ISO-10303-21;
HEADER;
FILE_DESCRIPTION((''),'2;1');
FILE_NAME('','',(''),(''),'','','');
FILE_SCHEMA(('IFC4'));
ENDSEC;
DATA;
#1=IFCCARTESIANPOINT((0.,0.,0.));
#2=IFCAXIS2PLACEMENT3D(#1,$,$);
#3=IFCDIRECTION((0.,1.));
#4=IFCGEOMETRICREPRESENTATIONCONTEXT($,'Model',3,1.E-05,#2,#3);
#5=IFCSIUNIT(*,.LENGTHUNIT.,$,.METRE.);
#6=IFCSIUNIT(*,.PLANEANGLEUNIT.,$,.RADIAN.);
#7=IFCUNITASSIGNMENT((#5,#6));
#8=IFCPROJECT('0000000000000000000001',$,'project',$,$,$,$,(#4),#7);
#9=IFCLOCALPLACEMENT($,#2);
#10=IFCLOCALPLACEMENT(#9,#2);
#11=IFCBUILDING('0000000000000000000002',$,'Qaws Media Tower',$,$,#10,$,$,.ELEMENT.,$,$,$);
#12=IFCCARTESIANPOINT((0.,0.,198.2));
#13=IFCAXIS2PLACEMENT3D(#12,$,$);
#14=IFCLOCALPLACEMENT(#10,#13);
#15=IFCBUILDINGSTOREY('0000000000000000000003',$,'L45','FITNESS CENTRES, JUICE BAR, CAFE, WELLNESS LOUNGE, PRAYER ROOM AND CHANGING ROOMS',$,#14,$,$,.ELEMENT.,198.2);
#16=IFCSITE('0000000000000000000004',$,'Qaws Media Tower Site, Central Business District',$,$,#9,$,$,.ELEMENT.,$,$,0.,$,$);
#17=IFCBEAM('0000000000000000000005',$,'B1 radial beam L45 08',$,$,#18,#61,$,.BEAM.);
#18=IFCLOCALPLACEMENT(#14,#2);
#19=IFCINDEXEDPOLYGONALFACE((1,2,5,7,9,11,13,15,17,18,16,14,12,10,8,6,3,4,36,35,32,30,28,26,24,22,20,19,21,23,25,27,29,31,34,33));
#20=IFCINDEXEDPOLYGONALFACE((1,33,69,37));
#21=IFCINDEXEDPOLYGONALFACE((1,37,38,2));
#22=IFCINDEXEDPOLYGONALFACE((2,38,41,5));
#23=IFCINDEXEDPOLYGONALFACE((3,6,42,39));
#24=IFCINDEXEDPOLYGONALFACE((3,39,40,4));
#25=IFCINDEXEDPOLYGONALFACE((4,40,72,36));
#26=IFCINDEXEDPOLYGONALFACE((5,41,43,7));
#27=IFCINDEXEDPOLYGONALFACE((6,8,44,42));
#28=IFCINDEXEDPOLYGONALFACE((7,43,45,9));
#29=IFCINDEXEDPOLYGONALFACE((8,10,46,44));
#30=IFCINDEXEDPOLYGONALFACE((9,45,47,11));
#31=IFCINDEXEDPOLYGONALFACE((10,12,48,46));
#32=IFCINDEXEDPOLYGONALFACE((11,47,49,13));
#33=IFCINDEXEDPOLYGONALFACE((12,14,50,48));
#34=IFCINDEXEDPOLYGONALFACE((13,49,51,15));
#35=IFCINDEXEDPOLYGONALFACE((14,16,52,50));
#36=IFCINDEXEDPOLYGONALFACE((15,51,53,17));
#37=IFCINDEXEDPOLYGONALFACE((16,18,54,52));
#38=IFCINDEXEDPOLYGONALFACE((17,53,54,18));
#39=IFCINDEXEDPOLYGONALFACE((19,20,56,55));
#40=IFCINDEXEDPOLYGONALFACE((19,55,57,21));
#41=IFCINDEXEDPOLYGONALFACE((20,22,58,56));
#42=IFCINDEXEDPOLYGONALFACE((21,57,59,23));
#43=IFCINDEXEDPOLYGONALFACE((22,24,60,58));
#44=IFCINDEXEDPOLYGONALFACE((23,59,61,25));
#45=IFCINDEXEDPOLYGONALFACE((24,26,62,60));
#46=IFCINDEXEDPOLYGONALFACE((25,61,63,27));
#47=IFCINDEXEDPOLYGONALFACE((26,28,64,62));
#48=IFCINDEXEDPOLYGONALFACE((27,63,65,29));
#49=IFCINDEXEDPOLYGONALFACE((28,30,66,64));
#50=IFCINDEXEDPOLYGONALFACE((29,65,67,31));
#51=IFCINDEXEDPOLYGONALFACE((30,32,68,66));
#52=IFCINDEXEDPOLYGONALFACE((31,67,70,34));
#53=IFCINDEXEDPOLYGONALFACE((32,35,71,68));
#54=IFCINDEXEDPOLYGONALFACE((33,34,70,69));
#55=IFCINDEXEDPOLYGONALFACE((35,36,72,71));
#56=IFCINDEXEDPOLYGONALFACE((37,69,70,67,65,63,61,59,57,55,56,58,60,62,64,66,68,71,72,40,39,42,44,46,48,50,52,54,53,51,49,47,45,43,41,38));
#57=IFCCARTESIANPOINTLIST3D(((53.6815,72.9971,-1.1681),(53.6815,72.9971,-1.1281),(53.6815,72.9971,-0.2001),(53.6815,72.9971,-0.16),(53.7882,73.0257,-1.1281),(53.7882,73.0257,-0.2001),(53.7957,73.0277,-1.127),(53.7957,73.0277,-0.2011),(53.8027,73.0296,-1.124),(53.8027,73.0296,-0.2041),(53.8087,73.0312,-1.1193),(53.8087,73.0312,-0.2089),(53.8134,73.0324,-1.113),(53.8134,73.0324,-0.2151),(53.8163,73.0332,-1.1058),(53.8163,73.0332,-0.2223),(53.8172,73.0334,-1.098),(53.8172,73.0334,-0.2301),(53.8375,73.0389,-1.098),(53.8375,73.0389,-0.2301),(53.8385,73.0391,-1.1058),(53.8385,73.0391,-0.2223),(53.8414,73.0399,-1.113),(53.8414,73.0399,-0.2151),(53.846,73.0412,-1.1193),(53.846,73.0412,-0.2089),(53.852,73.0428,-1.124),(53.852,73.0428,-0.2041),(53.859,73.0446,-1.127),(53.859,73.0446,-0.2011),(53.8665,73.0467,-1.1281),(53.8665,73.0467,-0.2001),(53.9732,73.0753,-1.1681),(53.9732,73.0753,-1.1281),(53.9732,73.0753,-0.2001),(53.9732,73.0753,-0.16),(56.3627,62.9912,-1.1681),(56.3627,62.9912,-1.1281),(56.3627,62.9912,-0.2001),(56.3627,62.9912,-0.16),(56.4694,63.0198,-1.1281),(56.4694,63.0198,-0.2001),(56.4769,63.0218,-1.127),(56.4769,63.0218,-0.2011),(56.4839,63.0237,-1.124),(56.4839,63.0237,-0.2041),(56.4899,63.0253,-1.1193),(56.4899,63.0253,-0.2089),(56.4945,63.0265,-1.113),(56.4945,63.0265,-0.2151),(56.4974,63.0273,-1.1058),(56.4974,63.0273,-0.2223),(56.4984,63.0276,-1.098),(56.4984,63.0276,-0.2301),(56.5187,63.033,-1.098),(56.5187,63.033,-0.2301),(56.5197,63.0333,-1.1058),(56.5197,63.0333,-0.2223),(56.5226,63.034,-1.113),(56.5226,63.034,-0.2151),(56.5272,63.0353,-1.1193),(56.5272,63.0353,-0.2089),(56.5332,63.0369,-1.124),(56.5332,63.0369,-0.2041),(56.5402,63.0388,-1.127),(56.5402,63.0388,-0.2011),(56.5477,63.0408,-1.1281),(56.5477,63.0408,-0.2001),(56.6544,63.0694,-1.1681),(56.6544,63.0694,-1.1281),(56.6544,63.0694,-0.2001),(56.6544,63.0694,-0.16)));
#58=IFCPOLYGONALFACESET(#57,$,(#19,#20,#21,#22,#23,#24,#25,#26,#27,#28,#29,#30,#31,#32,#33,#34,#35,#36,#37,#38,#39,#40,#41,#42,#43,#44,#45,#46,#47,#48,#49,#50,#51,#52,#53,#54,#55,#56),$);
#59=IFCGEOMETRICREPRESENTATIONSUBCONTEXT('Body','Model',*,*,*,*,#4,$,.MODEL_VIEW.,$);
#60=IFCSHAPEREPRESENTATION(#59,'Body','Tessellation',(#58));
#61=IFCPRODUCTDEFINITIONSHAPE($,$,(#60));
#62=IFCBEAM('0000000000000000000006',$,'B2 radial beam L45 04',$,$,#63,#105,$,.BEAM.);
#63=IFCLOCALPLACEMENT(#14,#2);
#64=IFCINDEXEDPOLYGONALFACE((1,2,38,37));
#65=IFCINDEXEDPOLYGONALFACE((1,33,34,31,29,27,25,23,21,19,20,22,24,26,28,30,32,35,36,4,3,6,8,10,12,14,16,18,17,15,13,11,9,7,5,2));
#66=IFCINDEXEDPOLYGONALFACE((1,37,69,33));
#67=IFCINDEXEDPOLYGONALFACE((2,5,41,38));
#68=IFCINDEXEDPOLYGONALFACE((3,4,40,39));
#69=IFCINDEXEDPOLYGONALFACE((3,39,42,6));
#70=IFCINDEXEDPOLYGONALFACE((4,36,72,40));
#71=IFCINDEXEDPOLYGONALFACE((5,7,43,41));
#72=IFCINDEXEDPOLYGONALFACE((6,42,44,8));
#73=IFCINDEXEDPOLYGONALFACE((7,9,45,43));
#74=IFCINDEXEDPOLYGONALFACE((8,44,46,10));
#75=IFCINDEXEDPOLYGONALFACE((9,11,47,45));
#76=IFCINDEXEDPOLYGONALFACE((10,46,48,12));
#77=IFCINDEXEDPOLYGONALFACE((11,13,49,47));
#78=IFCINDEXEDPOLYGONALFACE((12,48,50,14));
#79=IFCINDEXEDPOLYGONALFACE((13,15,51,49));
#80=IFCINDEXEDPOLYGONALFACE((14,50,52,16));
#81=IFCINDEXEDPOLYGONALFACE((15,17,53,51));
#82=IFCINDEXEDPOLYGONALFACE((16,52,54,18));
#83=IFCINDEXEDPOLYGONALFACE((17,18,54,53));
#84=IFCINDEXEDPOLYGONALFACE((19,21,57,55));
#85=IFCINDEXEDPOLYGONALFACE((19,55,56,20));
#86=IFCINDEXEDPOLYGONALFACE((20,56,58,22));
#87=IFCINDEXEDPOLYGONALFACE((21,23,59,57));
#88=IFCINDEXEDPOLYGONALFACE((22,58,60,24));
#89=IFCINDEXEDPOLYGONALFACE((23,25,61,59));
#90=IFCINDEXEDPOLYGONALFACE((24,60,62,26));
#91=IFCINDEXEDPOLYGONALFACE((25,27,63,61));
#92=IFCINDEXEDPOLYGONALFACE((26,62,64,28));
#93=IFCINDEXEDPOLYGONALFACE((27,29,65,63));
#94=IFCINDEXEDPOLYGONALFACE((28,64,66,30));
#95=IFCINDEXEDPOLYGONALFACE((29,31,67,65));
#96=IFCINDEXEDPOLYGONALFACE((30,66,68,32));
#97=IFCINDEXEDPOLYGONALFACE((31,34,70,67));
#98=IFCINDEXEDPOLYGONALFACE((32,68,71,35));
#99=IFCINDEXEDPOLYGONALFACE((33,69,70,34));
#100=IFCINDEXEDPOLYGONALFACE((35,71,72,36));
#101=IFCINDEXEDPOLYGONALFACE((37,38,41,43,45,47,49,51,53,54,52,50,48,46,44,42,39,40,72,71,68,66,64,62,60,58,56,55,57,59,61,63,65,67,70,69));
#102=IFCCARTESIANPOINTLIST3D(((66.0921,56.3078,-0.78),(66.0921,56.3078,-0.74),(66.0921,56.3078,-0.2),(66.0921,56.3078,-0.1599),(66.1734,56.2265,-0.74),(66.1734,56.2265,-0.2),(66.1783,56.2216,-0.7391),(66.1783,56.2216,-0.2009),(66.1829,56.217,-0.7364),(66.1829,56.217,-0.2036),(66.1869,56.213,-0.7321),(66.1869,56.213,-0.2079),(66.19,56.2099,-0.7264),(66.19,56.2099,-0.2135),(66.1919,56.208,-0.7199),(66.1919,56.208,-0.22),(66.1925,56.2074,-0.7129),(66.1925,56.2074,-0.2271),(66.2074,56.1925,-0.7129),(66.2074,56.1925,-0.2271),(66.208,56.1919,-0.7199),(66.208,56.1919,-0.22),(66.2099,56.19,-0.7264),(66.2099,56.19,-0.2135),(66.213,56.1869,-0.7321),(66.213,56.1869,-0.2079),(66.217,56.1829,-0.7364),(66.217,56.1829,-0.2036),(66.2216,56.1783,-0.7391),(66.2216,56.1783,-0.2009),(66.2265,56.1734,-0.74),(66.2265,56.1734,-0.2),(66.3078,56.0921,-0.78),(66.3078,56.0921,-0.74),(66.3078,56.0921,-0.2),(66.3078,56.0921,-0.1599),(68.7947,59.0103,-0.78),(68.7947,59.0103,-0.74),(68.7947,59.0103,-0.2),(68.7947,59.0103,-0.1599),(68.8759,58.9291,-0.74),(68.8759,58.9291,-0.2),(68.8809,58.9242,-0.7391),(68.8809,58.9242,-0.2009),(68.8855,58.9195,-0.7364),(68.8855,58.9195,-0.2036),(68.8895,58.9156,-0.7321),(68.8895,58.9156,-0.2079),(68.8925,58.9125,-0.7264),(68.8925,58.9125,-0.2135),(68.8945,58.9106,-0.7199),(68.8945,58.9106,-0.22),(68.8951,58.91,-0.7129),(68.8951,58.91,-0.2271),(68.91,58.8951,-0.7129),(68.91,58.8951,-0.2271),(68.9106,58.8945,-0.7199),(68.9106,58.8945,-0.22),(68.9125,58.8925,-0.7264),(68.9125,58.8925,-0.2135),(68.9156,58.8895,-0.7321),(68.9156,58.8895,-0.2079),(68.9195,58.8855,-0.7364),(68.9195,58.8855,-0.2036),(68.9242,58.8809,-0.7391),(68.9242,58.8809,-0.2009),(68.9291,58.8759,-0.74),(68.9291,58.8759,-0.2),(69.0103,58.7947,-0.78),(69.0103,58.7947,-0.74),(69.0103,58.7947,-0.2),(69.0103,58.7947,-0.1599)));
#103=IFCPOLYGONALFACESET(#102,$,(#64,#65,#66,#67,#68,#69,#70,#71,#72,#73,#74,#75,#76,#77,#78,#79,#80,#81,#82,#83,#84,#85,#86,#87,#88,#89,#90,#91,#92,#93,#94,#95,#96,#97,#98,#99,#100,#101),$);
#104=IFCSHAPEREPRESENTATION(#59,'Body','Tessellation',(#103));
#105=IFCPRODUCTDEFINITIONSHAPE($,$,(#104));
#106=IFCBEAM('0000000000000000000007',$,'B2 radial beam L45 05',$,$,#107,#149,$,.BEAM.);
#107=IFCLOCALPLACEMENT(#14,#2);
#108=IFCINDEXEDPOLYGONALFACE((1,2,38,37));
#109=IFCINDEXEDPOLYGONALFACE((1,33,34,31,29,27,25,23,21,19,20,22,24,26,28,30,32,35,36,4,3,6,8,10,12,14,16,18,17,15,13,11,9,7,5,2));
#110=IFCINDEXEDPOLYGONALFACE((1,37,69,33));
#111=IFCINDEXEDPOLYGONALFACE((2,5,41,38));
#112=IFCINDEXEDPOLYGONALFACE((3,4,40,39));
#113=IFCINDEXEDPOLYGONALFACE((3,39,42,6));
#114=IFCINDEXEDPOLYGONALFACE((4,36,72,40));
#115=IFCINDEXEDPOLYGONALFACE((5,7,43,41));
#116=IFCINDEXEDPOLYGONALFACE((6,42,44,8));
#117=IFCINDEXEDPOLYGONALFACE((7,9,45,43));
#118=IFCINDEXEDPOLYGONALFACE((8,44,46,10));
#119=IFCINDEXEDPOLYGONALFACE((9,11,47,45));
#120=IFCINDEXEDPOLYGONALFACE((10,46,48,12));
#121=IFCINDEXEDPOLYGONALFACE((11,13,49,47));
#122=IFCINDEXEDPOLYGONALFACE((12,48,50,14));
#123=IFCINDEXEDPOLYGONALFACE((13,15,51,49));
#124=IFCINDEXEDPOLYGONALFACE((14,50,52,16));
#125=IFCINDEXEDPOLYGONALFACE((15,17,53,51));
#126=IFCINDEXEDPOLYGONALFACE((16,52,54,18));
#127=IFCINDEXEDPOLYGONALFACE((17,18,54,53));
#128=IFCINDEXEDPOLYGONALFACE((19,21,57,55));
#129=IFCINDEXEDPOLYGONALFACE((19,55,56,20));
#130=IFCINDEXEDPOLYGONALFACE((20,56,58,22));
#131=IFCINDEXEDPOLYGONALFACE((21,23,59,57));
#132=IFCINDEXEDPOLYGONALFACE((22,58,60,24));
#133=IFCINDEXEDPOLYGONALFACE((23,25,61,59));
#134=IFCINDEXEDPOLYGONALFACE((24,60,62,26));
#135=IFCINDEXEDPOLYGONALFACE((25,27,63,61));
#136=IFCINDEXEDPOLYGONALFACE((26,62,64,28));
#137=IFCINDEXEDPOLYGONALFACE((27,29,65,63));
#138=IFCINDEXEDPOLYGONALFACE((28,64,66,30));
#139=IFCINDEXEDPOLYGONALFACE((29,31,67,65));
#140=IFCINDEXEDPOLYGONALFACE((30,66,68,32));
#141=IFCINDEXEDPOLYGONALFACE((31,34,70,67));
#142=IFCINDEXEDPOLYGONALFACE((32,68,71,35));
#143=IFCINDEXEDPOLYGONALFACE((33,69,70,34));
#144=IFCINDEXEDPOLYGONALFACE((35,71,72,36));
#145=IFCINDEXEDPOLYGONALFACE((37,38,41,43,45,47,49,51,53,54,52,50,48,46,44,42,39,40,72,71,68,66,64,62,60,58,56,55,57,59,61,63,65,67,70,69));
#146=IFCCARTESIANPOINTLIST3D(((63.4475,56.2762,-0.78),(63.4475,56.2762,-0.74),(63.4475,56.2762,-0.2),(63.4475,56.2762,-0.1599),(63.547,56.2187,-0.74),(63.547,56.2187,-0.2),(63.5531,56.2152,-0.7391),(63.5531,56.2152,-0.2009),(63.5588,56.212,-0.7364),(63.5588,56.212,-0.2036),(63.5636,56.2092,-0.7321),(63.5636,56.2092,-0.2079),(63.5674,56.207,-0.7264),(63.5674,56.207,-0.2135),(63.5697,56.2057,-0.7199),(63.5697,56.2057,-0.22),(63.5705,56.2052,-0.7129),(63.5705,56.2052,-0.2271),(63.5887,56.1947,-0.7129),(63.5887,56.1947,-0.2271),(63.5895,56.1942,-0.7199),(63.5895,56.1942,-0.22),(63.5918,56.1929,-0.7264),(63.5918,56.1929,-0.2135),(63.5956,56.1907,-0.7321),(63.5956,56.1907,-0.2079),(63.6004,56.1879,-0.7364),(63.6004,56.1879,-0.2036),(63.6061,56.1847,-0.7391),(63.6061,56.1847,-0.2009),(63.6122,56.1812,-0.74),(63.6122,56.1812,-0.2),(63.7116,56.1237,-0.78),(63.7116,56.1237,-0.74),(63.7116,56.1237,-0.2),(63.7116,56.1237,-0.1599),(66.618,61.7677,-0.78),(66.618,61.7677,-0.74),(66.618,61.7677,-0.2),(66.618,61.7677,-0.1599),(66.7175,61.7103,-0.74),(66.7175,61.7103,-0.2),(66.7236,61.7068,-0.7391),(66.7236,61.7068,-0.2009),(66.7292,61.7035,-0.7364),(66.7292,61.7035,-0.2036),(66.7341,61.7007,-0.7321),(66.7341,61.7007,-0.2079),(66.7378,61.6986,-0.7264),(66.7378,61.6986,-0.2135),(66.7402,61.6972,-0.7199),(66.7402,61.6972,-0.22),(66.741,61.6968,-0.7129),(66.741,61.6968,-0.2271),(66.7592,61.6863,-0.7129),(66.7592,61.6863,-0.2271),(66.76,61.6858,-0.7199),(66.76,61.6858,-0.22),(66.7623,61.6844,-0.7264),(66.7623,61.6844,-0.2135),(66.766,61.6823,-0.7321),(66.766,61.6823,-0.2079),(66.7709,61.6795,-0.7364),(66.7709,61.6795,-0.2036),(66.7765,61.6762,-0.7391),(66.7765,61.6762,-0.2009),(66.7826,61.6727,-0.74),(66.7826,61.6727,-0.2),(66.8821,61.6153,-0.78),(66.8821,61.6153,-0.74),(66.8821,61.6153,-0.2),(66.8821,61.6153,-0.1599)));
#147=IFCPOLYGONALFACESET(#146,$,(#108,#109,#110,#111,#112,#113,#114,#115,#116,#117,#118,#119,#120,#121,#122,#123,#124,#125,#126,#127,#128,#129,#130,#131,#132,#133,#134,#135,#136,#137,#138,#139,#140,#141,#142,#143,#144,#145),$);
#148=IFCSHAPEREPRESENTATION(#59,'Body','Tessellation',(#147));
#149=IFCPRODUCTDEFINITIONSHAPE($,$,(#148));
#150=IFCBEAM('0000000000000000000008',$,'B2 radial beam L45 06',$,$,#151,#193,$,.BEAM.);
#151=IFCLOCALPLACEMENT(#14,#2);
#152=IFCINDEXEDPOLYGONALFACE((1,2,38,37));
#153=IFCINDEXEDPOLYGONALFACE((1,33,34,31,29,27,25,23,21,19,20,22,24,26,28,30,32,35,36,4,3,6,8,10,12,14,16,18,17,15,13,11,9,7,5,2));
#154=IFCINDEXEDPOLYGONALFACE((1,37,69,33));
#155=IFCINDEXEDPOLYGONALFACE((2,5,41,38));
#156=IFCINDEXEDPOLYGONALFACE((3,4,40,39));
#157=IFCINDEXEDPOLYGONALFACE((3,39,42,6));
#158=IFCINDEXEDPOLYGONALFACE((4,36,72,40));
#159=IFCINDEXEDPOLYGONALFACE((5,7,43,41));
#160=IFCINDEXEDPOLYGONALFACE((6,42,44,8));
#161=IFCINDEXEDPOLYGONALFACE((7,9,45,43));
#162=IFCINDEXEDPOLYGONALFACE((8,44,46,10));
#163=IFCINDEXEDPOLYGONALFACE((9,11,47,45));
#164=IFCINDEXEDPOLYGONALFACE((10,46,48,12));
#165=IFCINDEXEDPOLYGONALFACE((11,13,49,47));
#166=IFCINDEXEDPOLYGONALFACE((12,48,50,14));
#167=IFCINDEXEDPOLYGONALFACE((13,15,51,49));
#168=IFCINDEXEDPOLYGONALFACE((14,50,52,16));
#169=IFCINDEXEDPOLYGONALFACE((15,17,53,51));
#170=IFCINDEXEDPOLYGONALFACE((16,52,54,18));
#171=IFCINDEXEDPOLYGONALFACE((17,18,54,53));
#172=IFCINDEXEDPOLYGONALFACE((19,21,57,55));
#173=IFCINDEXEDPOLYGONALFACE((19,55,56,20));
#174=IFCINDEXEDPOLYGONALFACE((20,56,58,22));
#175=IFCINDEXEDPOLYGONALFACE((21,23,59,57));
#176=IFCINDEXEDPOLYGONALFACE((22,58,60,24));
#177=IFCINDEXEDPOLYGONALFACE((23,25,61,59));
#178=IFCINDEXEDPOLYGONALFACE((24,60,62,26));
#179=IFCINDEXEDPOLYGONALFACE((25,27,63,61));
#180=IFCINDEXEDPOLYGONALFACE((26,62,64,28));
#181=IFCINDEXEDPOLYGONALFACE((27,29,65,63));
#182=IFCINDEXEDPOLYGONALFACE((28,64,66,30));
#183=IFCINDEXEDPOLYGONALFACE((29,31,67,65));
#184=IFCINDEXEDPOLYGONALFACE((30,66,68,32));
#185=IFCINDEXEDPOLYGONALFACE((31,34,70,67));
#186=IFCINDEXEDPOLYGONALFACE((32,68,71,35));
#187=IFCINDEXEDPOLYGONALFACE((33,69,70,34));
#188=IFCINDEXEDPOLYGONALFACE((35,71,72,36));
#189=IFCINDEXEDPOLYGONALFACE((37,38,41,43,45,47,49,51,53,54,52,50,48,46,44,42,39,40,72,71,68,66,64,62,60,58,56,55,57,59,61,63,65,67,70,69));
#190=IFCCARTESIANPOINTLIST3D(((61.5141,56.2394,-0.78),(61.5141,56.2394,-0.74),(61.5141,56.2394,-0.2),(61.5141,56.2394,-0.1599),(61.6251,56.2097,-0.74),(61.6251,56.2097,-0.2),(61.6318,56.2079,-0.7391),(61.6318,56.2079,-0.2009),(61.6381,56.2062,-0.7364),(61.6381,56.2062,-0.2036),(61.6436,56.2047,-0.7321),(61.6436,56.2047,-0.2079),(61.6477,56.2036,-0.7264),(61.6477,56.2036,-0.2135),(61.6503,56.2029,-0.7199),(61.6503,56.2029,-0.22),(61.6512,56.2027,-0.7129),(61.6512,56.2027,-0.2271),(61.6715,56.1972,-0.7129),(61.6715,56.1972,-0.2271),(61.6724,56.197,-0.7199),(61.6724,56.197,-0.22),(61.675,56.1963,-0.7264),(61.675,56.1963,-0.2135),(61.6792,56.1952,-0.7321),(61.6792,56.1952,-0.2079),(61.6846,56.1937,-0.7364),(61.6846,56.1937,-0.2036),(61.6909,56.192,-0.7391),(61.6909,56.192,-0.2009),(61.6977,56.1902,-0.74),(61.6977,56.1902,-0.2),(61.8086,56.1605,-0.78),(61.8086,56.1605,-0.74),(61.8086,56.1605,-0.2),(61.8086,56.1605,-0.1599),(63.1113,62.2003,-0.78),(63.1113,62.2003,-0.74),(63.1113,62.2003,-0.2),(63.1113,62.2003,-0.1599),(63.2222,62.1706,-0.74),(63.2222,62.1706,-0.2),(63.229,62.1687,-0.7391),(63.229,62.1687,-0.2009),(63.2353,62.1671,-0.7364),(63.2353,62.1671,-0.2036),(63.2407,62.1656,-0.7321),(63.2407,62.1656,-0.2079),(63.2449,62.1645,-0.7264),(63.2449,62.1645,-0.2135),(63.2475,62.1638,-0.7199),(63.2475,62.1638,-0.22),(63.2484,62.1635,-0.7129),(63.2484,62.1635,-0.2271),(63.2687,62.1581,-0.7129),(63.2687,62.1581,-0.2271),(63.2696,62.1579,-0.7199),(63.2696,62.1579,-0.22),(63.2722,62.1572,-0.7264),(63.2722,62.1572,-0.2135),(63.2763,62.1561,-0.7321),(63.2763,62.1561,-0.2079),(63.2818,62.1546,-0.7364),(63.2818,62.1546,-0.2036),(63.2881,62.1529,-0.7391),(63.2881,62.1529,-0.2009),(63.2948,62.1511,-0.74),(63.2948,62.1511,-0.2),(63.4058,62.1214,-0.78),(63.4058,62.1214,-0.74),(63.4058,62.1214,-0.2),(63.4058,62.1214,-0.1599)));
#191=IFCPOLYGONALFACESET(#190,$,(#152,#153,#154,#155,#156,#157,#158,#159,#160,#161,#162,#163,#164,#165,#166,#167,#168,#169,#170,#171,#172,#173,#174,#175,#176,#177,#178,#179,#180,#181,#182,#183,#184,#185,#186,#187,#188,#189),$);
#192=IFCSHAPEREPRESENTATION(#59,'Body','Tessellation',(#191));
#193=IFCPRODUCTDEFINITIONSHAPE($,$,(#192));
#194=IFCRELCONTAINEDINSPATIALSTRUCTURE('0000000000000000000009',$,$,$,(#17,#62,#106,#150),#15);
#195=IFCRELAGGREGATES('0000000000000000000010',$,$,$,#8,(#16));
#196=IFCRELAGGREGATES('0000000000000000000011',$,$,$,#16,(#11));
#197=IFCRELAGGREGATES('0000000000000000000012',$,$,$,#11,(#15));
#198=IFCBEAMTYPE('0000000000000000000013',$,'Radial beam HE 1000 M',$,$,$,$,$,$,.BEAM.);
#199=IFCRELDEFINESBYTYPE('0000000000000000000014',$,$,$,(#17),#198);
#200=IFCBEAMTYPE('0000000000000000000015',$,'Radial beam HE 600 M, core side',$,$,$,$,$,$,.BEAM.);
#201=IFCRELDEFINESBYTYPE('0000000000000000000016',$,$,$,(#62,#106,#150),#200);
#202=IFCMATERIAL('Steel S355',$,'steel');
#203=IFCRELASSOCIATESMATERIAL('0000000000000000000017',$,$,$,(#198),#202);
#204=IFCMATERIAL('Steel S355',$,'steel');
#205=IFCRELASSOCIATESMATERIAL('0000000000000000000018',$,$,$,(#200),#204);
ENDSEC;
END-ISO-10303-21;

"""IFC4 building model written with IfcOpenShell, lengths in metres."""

from ifc_helpers import new_model, si_unit, direction, frame, origin, origin_2d, place, context, subcontext, project, spatial, i_section, extrude, material, material_profile, profile_set, type_object, element, save


model = new_model("IFC4")

# Units and contexts
model_context = context("Model", 3, precision=1e-05, world=origin(), true_north=direction((0.0, 1.0)))
body_context = subcontext(model_context, "Body", "Model", "MODEL_VIEW")
ifc_project = project(units=[si_unit("LENGTHUNIT", "METRE"), si_unit("PLANEANGLEUNIT", "RADIAN")], contexts=[model_context])

# Site, building, storey
site_placement = place(None, origin())
site = spatial("IfcSite", under=ifc_project, at=site_placement, Name="Qaws Media Tower Site, Central Business District", CompositionType="ELEMENT", RefElevation=0.0)
building_placement = place(site_placement, origin())
building = spatial("IfcBuilding", under=site, at=building_placement, Name="Qaws Media Tower", CompositionType="ELEMENT")
storey_placement = place(building_placement, frame((0.0, 0.0, 198.2)))
storey = spatial("IfcBuildingStorey", under=building, at=storey_placement, Name="L45", Description="FITNESS CENTRES, JUICE BAR, CAFE, WELLNESS LOUNGE, PRAYER ROOM AND CHANGING ROOMS", CompositionType="ELEMENT", Elevation=198.2)

# Beams
ifc_material_1 = material(Name="Steel S355", Category="steel")
ifc_material_profile_1 = material_profile(ifc_material_1, i_section(OverallWidth=0.302, OverallDepth=1.0081, WebThickness=0.021, FlangeThickness=0.04, FilletRadius=0.03, at=origin_2d()), Name="HE 1000 M")
ifc_profile_set_1 = profile_set([ifc_material_profile_1], Name="Steel S355")
beam_type_1 = type_object("IfcBeamType", Name="Radial beam HE 1000 M", PredefinedType="BEAM", material=ifc_profile_set_1)
beam_1_placement = place(storey_placement, frame((56.5085, 63.0303, -0.6641), z_axis=(-0.258827, 0.965924, 0.0), x_axis=(-0.965924, -0.258827, 0.0)))
element("IfcBeam", 1, at=beam_1_placement, inside=storey, type_object=beam_type_1, Name="B1 radial beam L45 08", PredefinedType="BEAM", context=body_context, shape_type="SweptSolid", body=[
    extrude(i_section(OverallWidth=0.302, OverallDepth=1.0081, WebThickness=0.021, FlangeThickness=0.04, FilletRadius=0.03, at=origin_2d()), origin(), (0.0, 0.0, 1.0), 10.3589),
])
ifc_material_2 = material(Name="Steel S355", Category="steel")
ifc_material_profile_2 = material_profile(ifc_material_2, i_section(OverallWidth=0.3049, OverallDepth=0.6201, WebThickness=0.021, FlangeThickness=0.04, FilletRadius=0.0271, at=origin_2d()), Name="HE 600 M")
ifc_profile_set_2 = profile_set([ifc_material_profile_2], Name="Steel S355")
beam_type_2 = type_object("IfcBeamType", Name="Radial beam HE 600 M, core side", PredefinedType="BEAM", material=ifc_profile_set_2)
beam_2_placement = place(storey_placement, frame((66.2, 56.2, -0.47), z_axis=(0.707107, 0.707107, 0.0), x_axis=(-0.707107, 0.707107, 0.0)))
element("IfcBeam", 2, at=beam_2_placement, inside=storey, type_object=beam_type_2, Name="B2 radial beam L45 04", PredefinedType="BEAM", context=body_context, shape_type="SweptSolid", body=[
    extrude(i_section(OverallWidth=0.3049, OverallDepth=0.6201, WebThickness=0.021, FlangeThickness=0.04, FilletRadius=0.0271, at=origin_2d()), origin(), (0.0, 0.0, 1.0), 3.822),
])
beam_3_placement = place(storey_placement, frame((63.5796, 56.2, -0.47), z_axis=(0.49999, 0.866031, 0.0), x_axis=(-0.866031, 0.49999, 0.0)))
element("IfcBeam", 3, at=beam_3_placement, inside=storey, type_object=beam_type_2, Name="B2 radial beam L45 05", PredefinedType="BEAM", context=body_context, shape_type="SweptSolid", body=[
    extrude(i_section(OverallWidth=0.3049, OverallDepth=0.6201, WebThickness=0.021, FlangeThickness=0.04, FilletRadius=0.0271, at=origin_2d()), origin(), (0.0, 0.0, 1.0), 6.3411),
])
beam_4_placement = place(storey_placement, frame((61.6614, 56.2, -0.47), z_axis=(0.25881, 0.965928, 0.0), x_axis=(-0.965928, 0.25881, 0.0)))
element("IfcBeam", 4, at=beam_4_placement, inside=storey, type_object=beam_type_2, Name="B2 radial beam L45 06", PredefinedType="BEAM", context=body_context, shape_type="SweptSolid", body=[
    extrude(i_section(OverallWidth=0.3049, OverallDepth=0.6201, WebThickness=0.021, FlangeThickness=0.04, FilletRadius=0.0271, at=origin_2d()), origin(), (0.0, 0.0, 1.0), 6.1711),
])

save(model, "model.ifc")
